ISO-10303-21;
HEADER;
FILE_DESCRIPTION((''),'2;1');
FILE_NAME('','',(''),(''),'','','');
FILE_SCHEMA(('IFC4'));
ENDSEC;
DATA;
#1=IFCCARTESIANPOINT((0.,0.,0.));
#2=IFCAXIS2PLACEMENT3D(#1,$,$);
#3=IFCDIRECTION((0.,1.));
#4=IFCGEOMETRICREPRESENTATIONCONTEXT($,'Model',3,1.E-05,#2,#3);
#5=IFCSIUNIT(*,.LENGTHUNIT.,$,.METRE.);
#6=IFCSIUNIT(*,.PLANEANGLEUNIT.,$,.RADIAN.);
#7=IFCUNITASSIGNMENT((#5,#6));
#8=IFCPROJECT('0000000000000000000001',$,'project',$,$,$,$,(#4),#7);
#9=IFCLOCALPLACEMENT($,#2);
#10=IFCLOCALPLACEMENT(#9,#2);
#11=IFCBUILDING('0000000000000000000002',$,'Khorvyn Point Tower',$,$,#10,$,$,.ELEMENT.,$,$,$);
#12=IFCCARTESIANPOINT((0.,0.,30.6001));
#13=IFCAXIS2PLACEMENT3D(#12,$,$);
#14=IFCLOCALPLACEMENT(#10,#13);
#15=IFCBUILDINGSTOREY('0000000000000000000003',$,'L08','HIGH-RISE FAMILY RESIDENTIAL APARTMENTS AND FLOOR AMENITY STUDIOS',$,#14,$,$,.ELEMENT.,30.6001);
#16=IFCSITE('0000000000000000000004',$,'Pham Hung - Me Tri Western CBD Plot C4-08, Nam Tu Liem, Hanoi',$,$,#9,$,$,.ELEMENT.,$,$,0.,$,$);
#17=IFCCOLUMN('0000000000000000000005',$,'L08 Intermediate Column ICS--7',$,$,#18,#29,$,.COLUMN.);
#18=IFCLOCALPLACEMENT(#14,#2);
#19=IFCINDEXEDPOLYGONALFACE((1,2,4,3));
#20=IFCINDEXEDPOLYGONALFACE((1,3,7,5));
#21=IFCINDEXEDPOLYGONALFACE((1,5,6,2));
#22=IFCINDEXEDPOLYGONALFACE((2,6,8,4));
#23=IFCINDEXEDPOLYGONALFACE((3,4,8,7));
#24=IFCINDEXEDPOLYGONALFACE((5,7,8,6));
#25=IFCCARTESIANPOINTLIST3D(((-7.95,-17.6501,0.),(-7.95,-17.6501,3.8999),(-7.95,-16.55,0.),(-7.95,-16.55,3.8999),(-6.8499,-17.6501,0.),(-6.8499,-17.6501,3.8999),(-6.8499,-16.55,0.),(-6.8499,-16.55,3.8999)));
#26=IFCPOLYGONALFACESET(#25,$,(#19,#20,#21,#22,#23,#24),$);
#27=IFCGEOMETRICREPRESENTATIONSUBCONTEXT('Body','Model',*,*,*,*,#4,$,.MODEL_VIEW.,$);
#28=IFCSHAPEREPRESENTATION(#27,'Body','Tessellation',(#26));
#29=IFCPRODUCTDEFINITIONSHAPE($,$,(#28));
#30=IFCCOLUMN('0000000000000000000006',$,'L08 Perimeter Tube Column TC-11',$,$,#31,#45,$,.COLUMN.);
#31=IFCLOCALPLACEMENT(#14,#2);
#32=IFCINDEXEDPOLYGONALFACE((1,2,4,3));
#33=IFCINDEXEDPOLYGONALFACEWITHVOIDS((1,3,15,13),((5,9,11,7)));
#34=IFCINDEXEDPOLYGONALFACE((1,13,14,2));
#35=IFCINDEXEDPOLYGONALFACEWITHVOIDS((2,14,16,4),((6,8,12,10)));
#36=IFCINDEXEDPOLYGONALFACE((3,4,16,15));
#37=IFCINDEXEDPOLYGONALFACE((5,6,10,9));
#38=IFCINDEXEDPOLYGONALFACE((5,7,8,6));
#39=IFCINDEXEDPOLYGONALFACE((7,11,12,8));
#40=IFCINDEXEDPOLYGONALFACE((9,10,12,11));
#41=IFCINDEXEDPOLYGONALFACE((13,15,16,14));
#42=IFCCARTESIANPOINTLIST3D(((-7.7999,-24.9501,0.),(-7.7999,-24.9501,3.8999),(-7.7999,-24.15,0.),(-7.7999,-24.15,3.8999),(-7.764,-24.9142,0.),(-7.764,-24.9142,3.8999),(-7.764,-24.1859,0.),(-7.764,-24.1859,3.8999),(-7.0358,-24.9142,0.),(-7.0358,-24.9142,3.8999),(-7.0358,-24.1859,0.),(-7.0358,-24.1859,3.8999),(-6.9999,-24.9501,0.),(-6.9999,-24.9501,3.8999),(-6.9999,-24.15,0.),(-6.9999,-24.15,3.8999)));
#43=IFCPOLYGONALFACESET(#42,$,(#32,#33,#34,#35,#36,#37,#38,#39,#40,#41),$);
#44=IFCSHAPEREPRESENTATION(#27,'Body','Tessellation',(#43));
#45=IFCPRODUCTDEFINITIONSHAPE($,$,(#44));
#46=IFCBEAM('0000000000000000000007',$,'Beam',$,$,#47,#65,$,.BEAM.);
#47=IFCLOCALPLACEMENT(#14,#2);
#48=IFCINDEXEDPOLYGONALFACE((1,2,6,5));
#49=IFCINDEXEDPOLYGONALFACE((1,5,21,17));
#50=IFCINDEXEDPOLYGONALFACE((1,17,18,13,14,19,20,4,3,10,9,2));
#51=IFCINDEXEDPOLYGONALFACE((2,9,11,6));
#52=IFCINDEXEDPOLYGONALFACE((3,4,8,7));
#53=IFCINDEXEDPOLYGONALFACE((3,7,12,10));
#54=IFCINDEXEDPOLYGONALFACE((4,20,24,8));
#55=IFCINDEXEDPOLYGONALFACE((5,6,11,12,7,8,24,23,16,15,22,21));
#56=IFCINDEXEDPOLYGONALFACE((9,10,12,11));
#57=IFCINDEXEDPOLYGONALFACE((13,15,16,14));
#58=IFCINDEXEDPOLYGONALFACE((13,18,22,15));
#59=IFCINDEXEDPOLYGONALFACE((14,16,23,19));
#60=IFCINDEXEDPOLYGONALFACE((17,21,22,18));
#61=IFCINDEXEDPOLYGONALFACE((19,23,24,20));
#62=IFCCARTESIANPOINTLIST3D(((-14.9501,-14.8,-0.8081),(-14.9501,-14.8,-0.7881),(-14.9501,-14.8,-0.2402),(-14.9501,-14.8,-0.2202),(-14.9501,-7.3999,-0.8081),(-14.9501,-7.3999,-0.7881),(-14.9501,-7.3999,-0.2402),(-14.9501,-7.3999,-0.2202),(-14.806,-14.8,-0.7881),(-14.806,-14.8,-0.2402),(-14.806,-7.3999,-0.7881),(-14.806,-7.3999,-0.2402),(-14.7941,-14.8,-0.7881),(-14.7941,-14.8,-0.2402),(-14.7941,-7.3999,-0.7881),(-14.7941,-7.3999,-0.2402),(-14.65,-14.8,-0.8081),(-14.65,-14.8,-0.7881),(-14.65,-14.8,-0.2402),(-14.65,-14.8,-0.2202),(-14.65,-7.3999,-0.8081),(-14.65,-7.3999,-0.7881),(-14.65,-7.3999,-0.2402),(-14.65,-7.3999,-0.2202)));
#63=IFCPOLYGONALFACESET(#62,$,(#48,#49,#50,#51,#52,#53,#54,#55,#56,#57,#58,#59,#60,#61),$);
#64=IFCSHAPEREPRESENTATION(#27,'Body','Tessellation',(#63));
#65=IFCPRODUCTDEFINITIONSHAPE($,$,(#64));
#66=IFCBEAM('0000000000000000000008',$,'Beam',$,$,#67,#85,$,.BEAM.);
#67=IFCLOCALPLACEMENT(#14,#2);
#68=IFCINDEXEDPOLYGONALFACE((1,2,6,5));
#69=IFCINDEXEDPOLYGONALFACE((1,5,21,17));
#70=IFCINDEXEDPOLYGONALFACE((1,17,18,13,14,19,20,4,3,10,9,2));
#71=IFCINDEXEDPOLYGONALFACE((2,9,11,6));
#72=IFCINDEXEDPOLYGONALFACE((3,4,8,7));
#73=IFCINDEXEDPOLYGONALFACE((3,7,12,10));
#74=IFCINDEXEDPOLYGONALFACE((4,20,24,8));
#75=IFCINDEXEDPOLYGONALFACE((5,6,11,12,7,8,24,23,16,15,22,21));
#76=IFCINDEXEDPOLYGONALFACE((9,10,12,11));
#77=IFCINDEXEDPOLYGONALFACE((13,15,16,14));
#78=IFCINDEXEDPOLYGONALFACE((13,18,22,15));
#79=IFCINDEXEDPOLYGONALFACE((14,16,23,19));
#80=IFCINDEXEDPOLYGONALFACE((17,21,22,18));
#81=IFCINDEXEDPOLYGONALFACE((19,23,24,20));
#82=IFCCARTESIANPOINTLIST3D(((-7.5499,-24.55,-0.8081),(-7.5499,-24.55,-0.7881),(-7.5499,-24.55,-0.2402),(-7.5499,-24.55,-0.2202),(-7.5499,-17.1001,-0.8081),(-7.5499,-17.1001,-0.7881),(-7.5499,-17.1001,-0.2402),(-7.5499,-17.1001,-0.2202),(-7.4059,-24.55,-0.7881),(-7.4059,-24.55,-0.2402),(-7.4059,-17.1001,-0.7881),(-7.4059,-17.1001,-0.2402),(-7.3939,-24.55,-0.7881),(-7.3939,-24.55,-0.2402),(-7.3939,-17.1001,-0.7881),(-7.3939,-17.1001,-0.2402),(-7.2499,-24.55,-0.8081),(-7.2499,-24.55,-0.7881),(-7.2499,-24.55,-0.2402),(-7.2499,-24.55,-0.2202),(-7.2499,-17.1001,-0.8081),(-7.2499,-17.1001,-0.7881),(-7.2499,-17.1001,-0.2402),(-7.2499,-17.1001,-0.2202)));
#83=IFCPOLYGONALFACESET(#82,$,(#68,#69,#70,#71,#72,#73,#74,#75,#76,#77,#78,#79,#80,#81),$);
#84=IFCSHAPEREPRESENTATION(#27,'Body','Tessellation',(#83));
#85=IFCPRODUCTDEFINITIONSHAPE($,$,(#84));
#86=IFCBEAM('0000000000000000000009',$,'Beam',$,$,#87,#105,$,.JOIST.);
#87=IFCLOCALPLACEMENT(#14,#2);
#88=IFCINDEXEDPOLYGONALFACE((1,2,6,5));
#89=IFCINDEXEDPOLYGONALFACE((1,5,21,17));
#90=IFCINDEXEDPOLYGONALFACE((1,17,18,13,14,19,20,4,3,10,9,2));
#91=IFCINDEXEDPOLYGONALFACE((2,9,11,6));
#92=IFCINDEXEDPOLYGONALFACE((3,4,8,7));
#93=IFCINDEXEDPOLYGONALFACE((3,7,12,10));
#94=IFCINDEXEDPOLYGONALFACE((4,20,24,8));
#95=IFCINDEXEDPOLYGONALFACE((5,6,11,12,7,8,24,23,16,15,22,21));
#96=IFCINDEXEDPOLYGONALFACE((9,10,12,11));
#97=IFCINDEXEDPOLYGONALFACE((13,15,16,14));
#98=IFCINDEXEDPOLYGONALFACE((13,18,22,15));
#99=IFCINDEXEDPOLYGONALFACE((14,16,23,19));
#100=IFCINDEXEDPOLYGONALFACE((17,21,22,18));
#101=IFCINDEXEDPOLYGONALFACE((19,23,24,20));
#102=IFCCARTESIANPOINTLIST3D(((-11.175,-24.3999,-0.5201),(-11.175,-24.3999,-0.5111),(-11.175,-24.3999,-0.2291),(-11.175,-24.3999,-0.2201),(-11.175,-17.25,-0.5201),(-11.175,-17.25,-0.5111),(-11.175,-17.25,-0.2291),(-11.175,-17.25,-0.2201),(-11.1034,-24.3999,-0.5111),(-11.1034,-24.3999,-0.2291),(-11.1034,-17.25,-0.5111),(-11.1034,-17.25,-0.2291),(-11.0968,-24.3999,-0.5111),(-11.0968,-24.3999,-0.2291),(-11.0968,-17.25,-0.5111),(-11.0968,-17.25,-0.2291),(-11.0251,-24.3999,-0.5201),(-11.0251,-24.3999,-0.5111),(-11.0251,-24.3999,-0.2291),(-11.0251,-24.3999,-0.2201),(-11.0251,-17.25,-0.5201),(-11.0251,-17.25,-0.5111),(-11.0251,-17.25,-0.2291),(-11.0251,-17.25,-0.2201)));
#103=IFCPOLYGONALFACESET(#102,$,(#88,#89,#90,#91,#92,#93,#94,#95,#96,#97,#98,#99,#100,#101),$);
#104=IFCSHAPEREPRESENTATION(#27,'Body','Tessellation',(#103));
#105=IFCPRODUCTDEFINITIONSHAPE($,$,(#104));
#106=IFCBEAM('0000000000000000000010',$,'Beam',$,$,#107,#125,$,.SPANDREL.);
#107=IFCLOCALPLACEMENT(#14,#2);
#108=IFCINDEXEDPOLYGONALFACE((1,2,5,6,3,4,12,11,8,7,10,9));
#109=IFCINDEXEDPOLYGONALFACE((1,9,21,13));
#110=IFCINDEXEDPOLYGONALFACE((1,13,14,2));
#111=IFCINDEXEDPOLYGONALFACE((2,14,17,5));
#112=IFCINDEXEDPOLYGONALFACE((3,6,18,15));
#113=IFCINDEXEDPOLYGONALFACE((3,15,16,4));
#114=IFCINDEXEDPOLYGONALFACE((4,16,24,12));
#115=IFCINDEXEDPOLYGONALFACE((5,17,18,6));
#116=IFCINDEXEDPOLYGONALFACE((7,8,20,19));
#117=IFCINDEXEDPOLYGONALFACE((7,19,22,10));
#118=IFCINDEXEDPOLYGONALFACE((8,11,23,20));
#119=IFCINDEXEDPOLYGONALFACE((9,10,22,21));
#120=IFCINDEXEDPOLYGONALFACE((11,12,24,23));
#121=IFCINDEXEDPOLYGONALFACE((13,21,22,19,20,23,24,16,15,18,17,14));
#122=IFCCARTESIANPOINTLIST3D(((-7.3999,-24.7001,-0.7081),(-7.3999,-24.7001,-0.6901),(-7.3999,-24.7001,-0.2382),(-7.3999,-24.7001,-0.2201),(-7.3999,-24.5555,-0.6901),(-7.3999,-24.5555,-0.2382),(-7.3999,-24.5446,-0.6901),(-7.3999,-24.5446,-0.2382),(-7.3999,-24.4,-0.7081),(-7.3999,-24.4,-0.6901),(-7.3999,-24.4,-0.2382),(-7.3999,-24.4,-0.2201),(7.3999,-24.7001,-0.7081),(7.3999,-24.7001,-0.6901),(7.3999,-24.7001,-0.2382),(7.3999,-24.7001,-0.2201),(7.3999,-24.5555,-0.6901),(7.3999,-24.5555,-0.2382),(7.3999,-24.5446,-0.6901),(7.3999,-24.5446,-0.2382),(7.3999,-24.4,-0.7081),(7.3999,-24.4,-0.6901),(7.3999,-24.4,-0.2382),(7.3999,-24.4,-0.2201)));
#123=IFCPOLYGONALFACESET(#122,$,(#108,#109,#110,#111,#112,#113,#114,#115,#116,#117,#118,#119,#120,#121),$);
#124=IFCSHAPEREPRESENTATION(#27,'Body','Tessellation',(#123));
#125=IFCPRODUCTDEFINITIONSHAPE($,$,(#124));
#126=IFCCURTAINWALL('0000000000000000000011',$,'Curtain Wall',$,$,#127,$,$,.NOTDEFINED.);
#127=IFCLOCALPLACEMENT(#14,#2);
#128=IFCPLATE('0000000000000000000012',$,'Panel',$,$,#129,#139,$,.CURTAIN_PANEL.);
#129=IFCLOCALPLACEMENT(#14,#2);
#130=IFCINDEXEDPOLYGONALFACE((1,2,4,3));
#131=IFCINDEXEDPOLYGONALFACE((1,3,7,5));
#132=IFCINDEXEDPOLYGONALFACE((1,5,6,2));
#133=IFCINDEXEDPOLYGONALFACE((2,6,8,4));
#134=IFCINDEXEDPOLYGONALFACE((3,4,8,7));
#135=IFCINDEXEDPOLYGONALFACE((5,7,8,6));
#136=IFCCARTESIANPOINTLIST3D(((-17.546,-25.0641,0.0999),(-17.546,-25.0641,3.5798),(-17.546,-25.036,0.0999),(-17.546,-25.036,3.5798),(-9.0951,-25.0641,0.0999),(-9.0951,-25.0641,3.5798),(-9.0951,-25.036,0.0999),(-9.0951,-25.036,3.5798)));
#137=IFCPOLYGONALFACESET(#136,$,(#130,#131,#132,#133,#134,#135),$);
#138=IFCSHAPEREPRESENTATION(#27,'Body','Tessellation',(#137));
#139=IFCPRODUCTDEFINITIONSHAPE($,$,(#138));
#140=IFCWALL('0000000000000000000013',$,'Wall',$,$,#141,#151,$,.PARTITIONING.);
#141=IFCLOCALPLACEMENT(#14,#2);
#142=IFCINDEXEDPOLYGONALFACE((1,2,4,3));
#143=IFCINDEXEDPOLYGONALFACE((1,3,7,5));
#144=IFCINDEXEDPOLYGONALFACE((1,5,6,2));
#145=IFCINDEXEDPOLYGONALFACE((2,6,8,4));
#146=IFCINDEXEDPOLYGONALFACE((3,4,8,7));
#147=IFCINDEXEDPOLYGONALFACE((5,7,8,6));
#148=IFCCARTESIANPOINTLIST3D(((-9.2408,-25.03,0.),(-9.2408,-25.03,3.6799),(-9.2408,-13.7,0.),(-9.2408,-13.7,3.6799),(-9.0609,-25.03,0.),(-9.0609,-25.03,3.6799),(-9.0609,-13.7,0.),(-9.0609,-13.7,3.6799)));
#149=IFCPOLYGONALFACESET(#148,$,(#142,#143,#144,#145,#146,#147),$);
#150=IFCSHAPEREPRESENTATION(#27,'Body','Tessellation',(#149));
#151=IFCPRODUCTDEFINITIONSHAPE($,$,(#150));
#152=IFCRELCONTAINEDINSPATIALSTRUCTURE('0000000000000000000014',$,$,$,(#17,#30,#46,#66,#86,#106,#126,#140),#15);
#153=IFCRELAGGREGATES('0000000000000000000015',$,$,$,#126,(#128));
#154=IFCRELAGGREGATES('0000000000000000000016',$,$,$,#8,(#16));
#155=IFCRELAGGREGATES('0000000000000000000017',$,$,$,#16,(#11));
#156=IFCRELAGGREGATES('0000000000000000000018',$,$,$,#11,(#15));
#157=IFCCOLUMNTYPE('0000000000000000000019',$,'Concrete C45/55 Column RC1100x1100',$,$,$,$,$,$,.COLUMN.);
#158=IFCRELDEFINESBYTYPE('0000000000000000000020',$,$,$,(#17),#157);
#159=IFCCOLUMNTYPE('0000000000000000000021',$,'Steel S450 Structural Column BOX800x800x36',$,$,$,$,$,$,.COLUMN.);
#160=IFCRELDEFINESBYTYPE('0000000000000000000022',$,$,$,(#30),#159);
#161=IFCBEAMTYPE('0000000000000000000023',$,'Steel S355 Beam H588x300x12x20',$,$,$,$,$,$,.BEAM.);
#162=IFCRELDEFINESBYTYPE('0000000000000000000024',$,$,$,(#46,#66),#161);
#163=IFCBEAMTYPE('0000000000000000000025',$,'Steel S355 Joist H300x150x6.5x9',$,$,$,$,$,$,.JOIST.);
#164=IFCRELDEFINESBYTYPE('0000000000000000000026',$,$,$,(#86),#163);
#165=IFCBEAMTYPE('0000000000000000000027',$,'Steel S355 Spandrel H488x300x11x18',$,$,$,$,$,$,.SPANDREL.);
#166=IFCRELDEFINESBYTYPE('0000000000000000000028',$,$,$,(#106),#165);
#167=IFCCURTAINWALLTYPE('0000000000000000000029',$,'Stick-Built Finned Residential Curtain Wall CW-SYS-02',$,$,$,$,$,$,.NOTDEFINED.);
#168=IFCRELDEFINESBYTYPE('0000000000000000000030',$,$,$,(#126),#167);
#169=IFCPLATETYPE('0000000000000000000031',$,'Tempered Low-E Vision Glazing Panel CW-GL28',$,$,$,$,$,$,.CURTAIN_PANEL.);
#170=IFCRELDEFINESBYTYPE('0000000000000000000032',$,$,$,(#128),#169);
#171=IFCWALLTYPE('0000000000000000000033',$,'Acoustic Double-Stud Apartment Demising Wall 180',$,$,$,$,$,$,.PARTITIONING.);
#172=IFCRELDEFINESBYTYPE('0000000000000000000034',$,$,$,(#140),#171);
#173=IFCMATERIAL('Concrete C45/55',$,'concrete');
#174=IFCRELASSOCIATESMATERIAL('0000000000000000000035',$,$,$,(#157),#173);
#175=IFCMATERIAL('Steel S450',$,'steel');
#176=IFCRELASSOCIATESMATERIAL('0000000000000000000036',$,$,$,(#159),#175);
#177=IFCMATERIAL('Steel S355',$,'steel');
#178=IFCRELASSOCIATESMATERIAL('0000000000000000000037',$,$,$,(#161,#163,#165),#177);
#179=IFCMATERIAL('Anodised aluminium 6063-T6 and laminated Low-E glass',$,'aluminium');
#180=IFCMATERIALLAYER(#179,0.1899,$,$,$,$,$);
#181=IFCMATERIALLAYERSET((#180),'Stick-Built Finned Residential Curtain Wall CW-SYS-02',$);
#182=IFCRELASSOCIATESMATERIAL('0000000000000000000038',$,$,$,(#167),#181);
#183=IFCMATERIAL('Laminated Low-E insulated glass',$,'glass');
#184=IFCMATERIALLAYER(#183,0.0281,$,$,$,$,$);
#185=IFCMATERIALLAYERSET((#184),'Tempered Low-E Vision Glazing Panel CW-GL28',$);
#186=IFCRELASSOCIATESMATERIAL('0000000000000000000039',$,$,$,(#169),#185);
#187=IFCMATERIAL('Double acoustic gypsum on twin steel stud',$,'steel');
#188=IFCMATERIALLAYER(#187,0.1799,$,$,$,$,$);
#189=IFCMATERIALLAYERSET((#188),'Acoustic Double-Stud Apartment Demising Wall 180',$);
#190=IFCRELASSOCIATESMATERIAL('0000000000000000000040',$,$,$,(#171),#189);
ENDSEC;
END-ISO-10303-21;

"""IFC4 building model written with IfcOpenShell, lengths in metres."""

from ifc_helpers import new_model, si_unit, direction, frame, frame_2d, origin, origin_2d, place, context, subcontext, project, spatial, rectangle, hollow_rectangle, i_section, extrude, material, layer, layer_set, material_profile, profile_set, type_object, element, aggregate, save


model = new_model("IFC4")

# Units and contexts
model_context = context("Model", 3, precision=1e-05, world=origin(), true_north=direction((0.0, 1.0)))
body_context = subcontext(model_context, "Body", "Model", "MODEL_VIEW")
ifc_project = project(units=[si_unit("LENGTHUNIT", "METRE"), si_unit("PLANEANGLEUNIT", "RADIAN")], contexts=[model_context])

# Site, building, storey
site_placement = place(None, origin())
site = spatial("IfcSite", under=ifc_project, at=site_placement, Name="Pham Hung - Me Tri Western CBD Plot C4-08, Nam Tu Liem, Hanoi", CompositionType="ELEMENT", RefElevation=0.0)
building_placement = place(site_placement, origin())
building = spatial("IfcBuilding", under=site, at=building_placement, Name="Khorvyn Point Tower", CompositionType="ELEMENT")
storey_placement = place(building_placement, frame((0.0, 0.0, 30.6001)))
storey = spatial("IfcBuildingStorey", under=building, at=storey_placement, Name="L08", Description="HIGH-RISE FAMILY RESIDENTIAL APARTMENTS AND FLOOR AMENITY STUDIOS", CompositionType="ELEMENT", Elevation=30.6001)

# Columns
ifc_material_1 = material(Name="Concrete C45/55", Category="concrete")
ifc_material_profile_1 = material_profile(ifc_material_1, rectangle(XDim=1.1001, YDim=1.1001, at=origin_2d()))
ifc_profile_set_1 = profile_set([ifc_material_profile_1], Name="Concrete C45/55 RC1100x1100")
column_type_1 = type_object("IfcColumnType", Name="Concrete C45/55 Column RC1100x1100", PredefinedType="COLUMN", material=ifc_profile_set_1)
column_1_placement = place(storey_placement, frame((-7.3999, -17.1001, 0.0), z_axis=(0.0, 0.0, 1.0), x_axis=(1.0, 0.0, 0.0)))
element("IfcColumn", 1, at=column_1_placement, inside=storey, type_object=column_type_1, Name="L08 Intermediate Column ICS--7", PredefinedType="COLUMN", context=body_context, shape_type="SweptSolid", body=[
    extrude(rectangle(XDim=1.1001, YDim=1.1001, at=origin_2d()), origin(), (0.0, 0.0, 1.0), 3.8999),
])
ifc_material_2 = material(Name="Steel S450", Category="steel")
ifc_material_profile_2 = material_profile(ifc_material_2, hollow_rectangle(XDim=0.8, YDim=0.8, WallThickness=0.0359, at=origin_2d()))
ifc_profile_set_2 = profile_set([ifc_material_profile_2], Name="Steel S450 BOX800x800x36")
column_type_2 = type_object("IfcColumnType", Name="Steel S450 Structural Column BOX800x800x36", PredefinedType="COLUMN", material=ifc_profile_set_2)
column_2_placement = place(storey_placement, frame((-7.3999, -24.55, 0.0), z_axis=(0.0, 0.0, 1.0), x_axis=(1.0, 0.0, 0.0)))
element("IfcColumn", 2, at=column_2_placement, inside=storey, type_object=column_type_2, Name="L08 Perimeter Tube Column TC-11", PredefinedType="COLUMN", context=body_context, shape_type="SweptSolid", body=[
    extrude(hollow_rectangle(XDim=0.8, YDim=0.8, WallThickness=0.0359, at=origin_2d()), origin(), (0.0, 0.0, 1.0), 3.8999),
])

# Beams
ifc_material_3 = material(Name="Steel S355", Category="steel")
ifc_material_profile_3 = material_profile(ifc_material_3, i_section(OverallWidth=0.3, OverallDepth=0.5879, WebThickness=0.012, FlangeThickness=0.02, at=origin_2d()))
ifc_profile_set_3 = profile_set([ifc_material_profile_3], Name="Steel S355 H588x300x12x20")
beam_type_1 = type_object("IfcBeamType", Name="Steel S355 Beam H588x300x12x20", PredefinedType="BEAM", material=ifc_profile_set_3)
beam_1_placement = place(storey_placement, frame((-14.8, -14.8, -0.5142), z_axis=(0.0, 1.0, 0.0), x_axis=(-1.0, 0.0, 0.0)))
element("IfcBeam", 3, at=beam_1_placement, inside=storey, type_object=beam_type_1, Name="Beam", PredefinedType="BEAM", context=body_context, shape_type="SweptSolid", body=[
    extrude(i_section(OverallWidth=0.3, OverallDepth=0.5879, WebThickness=0.012, FlangeThickness=0.02, at=origin_2d()), origin(), (0.0, 0.0, 1.0), 7.4001),
])
beam_2_placement = place(storey_placement, frame((-7.3999, -24.55, -0.5142), z_axis=(0.0, 1.0, 0.0), x_axis=(-1.0, 0.0, 0.0)))
element("IfcBeam", 4, at=beam_2_placement, inside=storey, type_object=beam_type_1, Name="Beam", PredefinedType="BEAM", context=body_context, shape_type="SweptSolid", body=[
    extrude(i_section(OverallWidth=0.3, OverallDepth=0.5879, WebThickness=0.012, FlangeThickness=0.02, at=origin_2d()), origin(), (0.0, 0.0, 1.0), 7.45),
])
ifc_material_profile_4 = material_profile(ifc_material_3, i_section(OverallWidth=0.1499, OverallDepth=0.3, WebThickness=0.0066, FlangeThickness=0.009, at=origin_2d()))
ifc_profile_set_4 = profile_set([ifc_material_profile_4], Name="Steel S355 H300x150x6.5x9")
beam_type_2 = type_object("IfcBeamType", Name="Steel S355 Joist H300x150x6.5x9", PredefinedType="JOIST", material=ifc_profile_set_4)
beam_3_placement = place(storey_placement, frame((-11.1001, -24.3999, -0.3701), z_axis=(0.0, 1.0, 0.0), x_axis=(-1.0, 0.0, 0.0)))
element("IfcBeam", 5, at=beam_3_placement, inside=storey, type_object=beam_type_2, Name="Beam", PredefinedType="JOIST", context=body_context, shape_type="SweptSolid", body=[
    extrude(i_section(OverallWidth=0.1499, OverallDepth=0.3, WebThickness=0.0066, FlangeThickness=0.009, at=origin_2d()), origin(), (0.0, 0.0, 1.0), 7.1499),
])
ifc_material_profile_5 = material_profile(ifc_material_3, i_section(OverallWidth=0.3, OverallDepth=0.488, WebThickness=0.011, FlangeThickness=0.0181, at=origin_2d()))
ifc_profile_set_5 = profile_set([ifc_material_profile_5], Name="Steel S355 H488x300x11x18")
beam_type_3 = type_object("IfcBeamType", Name="Steel S355 Spandrel H488x300x11x18", PredefinedType="SPANDREL", material=ifc_profile_set_5)
beam_4_placement = place(storey_placement, frame((-7.3999, -24.55, -0.4641), z_axis=(1.0, 0.0, 0.0), x_axis=(0.0, 1.0, 0.0)))
element("IfcBeam", 6, at=beam_4_placement, inside=storey, type_object=beam_type_3, Name="Beam", PredefinedType="SPANDREL", context=body_context, shape_type="SweptSolid", body=[
    extrude(i_section(OverallWidth=0.3, OverallDepth=0.488, WebThickness=0.011, FlangeThickness=0.0181, at=origin_2d()), origin(), (0.0, 0.0, 1.0), 14.7998),
])

# Curtain wall, plate
ifc_material_4 = material(Name="Anodised aluminium 6063-T6 and laminated Low-E glass", Category="aluminium")
ifc_layer_1 = layer(ifc_material_4, 0.1899)
ifc_layer_set_1 = layer_set([ifc_layer_1], Name="Stick-Built Finned Residential Curtain Wall CW-SYS-02")
curtain_wall_type = type_object("IfcCurtainWallType", Name="Stick-Built Finned Residential Curtain Wall CW-SYS-02", PredefinedType="NOTDEFINED", material=ifc_layer_set_1)
curtain_wall_placement = place(storey_placement, origin())
curtain_wall = element("IfcCurtainWall", 7, at=curtain_wall_placement, inside=storey, type_object=curtain_wall_type, Name="Curtain Wall", PredefinedType="NOTDEFINED")
ifc_material_5 = material(Name="Laminated Low-E insulated glass", Category="glass")
ifc_layer_2 = layer(ifc_material_5, 0.0281)
ifc_layer_set_2 = layer_set([ifc_layer_2], Name="Tempered Low-E Vision Glazing Panel CW-GL28")
plate_type = type_object("IfcPlateType", Name="Tempered Low-E Vision Glazing Panel CW-GL28", PredefinedType="CURTAIN_PANEL", material=ifc_layer_set_2)
plate_placement = place(storey_placement, frame((-13.3206, -25.05, 0.0999), z_axis=(0.0, 0.0, 1.0), x_axis=(-1.0, 0.0, 0.0)))
plate = element("IfcPlate", 8, at=plate_placement, type_object=plate_type, Name="Panel", PredefinedType="CURTAIN_PANEL", context=body_context, shape_type="SweptSolid", body=[
    extrude(rectangle(XDim=8.4509, YDim=0.0281, at=origin_2d()), origin(), (0.0, 0.0, 1.0), 3.48),
])
aggregate(curtain_wall, [plate])

# Wall
ifc_material_6 = material(Name="Double acoustic gypsum on twin steel stud", Category="steel")
ifc_layer_3 = layer(ifc_material_6, 0.1799)
ifc_layer_set_3 = layer_set([ifc_layer_3], Name="Acoustic Double-Stud Apartment Demising Wall 180")
wall_type_1 = type_object("IfcWallType", Name="Acoustic Double-Stud Apartment Demising Wall 180", PredefinedType="PARTITIONING", material=ifc_layer_set_3)
wall_1_placement = place(storey_placement, frame((-9.1509, -25.03, 0.0), z_axis=(0.0, 0.0, 1.0), x_axis=(0.0, 1.0, 0.0)))
element("IfcWall", 9, at=wall_1_placement, inside=storey, type_object=wall_type_1, Name="Wall", PredefinedType="PARTITIONING", context=body_context, shape_type="SweptSolid", body=[
    extrude(rectangle(XDim=11.3301, YDim=0.1799, at=frame_2d((5.665, 0.0))), origin(), (0.0, 0.0, 1.0), 3.6799),
])

save(model, "model.ifc")
